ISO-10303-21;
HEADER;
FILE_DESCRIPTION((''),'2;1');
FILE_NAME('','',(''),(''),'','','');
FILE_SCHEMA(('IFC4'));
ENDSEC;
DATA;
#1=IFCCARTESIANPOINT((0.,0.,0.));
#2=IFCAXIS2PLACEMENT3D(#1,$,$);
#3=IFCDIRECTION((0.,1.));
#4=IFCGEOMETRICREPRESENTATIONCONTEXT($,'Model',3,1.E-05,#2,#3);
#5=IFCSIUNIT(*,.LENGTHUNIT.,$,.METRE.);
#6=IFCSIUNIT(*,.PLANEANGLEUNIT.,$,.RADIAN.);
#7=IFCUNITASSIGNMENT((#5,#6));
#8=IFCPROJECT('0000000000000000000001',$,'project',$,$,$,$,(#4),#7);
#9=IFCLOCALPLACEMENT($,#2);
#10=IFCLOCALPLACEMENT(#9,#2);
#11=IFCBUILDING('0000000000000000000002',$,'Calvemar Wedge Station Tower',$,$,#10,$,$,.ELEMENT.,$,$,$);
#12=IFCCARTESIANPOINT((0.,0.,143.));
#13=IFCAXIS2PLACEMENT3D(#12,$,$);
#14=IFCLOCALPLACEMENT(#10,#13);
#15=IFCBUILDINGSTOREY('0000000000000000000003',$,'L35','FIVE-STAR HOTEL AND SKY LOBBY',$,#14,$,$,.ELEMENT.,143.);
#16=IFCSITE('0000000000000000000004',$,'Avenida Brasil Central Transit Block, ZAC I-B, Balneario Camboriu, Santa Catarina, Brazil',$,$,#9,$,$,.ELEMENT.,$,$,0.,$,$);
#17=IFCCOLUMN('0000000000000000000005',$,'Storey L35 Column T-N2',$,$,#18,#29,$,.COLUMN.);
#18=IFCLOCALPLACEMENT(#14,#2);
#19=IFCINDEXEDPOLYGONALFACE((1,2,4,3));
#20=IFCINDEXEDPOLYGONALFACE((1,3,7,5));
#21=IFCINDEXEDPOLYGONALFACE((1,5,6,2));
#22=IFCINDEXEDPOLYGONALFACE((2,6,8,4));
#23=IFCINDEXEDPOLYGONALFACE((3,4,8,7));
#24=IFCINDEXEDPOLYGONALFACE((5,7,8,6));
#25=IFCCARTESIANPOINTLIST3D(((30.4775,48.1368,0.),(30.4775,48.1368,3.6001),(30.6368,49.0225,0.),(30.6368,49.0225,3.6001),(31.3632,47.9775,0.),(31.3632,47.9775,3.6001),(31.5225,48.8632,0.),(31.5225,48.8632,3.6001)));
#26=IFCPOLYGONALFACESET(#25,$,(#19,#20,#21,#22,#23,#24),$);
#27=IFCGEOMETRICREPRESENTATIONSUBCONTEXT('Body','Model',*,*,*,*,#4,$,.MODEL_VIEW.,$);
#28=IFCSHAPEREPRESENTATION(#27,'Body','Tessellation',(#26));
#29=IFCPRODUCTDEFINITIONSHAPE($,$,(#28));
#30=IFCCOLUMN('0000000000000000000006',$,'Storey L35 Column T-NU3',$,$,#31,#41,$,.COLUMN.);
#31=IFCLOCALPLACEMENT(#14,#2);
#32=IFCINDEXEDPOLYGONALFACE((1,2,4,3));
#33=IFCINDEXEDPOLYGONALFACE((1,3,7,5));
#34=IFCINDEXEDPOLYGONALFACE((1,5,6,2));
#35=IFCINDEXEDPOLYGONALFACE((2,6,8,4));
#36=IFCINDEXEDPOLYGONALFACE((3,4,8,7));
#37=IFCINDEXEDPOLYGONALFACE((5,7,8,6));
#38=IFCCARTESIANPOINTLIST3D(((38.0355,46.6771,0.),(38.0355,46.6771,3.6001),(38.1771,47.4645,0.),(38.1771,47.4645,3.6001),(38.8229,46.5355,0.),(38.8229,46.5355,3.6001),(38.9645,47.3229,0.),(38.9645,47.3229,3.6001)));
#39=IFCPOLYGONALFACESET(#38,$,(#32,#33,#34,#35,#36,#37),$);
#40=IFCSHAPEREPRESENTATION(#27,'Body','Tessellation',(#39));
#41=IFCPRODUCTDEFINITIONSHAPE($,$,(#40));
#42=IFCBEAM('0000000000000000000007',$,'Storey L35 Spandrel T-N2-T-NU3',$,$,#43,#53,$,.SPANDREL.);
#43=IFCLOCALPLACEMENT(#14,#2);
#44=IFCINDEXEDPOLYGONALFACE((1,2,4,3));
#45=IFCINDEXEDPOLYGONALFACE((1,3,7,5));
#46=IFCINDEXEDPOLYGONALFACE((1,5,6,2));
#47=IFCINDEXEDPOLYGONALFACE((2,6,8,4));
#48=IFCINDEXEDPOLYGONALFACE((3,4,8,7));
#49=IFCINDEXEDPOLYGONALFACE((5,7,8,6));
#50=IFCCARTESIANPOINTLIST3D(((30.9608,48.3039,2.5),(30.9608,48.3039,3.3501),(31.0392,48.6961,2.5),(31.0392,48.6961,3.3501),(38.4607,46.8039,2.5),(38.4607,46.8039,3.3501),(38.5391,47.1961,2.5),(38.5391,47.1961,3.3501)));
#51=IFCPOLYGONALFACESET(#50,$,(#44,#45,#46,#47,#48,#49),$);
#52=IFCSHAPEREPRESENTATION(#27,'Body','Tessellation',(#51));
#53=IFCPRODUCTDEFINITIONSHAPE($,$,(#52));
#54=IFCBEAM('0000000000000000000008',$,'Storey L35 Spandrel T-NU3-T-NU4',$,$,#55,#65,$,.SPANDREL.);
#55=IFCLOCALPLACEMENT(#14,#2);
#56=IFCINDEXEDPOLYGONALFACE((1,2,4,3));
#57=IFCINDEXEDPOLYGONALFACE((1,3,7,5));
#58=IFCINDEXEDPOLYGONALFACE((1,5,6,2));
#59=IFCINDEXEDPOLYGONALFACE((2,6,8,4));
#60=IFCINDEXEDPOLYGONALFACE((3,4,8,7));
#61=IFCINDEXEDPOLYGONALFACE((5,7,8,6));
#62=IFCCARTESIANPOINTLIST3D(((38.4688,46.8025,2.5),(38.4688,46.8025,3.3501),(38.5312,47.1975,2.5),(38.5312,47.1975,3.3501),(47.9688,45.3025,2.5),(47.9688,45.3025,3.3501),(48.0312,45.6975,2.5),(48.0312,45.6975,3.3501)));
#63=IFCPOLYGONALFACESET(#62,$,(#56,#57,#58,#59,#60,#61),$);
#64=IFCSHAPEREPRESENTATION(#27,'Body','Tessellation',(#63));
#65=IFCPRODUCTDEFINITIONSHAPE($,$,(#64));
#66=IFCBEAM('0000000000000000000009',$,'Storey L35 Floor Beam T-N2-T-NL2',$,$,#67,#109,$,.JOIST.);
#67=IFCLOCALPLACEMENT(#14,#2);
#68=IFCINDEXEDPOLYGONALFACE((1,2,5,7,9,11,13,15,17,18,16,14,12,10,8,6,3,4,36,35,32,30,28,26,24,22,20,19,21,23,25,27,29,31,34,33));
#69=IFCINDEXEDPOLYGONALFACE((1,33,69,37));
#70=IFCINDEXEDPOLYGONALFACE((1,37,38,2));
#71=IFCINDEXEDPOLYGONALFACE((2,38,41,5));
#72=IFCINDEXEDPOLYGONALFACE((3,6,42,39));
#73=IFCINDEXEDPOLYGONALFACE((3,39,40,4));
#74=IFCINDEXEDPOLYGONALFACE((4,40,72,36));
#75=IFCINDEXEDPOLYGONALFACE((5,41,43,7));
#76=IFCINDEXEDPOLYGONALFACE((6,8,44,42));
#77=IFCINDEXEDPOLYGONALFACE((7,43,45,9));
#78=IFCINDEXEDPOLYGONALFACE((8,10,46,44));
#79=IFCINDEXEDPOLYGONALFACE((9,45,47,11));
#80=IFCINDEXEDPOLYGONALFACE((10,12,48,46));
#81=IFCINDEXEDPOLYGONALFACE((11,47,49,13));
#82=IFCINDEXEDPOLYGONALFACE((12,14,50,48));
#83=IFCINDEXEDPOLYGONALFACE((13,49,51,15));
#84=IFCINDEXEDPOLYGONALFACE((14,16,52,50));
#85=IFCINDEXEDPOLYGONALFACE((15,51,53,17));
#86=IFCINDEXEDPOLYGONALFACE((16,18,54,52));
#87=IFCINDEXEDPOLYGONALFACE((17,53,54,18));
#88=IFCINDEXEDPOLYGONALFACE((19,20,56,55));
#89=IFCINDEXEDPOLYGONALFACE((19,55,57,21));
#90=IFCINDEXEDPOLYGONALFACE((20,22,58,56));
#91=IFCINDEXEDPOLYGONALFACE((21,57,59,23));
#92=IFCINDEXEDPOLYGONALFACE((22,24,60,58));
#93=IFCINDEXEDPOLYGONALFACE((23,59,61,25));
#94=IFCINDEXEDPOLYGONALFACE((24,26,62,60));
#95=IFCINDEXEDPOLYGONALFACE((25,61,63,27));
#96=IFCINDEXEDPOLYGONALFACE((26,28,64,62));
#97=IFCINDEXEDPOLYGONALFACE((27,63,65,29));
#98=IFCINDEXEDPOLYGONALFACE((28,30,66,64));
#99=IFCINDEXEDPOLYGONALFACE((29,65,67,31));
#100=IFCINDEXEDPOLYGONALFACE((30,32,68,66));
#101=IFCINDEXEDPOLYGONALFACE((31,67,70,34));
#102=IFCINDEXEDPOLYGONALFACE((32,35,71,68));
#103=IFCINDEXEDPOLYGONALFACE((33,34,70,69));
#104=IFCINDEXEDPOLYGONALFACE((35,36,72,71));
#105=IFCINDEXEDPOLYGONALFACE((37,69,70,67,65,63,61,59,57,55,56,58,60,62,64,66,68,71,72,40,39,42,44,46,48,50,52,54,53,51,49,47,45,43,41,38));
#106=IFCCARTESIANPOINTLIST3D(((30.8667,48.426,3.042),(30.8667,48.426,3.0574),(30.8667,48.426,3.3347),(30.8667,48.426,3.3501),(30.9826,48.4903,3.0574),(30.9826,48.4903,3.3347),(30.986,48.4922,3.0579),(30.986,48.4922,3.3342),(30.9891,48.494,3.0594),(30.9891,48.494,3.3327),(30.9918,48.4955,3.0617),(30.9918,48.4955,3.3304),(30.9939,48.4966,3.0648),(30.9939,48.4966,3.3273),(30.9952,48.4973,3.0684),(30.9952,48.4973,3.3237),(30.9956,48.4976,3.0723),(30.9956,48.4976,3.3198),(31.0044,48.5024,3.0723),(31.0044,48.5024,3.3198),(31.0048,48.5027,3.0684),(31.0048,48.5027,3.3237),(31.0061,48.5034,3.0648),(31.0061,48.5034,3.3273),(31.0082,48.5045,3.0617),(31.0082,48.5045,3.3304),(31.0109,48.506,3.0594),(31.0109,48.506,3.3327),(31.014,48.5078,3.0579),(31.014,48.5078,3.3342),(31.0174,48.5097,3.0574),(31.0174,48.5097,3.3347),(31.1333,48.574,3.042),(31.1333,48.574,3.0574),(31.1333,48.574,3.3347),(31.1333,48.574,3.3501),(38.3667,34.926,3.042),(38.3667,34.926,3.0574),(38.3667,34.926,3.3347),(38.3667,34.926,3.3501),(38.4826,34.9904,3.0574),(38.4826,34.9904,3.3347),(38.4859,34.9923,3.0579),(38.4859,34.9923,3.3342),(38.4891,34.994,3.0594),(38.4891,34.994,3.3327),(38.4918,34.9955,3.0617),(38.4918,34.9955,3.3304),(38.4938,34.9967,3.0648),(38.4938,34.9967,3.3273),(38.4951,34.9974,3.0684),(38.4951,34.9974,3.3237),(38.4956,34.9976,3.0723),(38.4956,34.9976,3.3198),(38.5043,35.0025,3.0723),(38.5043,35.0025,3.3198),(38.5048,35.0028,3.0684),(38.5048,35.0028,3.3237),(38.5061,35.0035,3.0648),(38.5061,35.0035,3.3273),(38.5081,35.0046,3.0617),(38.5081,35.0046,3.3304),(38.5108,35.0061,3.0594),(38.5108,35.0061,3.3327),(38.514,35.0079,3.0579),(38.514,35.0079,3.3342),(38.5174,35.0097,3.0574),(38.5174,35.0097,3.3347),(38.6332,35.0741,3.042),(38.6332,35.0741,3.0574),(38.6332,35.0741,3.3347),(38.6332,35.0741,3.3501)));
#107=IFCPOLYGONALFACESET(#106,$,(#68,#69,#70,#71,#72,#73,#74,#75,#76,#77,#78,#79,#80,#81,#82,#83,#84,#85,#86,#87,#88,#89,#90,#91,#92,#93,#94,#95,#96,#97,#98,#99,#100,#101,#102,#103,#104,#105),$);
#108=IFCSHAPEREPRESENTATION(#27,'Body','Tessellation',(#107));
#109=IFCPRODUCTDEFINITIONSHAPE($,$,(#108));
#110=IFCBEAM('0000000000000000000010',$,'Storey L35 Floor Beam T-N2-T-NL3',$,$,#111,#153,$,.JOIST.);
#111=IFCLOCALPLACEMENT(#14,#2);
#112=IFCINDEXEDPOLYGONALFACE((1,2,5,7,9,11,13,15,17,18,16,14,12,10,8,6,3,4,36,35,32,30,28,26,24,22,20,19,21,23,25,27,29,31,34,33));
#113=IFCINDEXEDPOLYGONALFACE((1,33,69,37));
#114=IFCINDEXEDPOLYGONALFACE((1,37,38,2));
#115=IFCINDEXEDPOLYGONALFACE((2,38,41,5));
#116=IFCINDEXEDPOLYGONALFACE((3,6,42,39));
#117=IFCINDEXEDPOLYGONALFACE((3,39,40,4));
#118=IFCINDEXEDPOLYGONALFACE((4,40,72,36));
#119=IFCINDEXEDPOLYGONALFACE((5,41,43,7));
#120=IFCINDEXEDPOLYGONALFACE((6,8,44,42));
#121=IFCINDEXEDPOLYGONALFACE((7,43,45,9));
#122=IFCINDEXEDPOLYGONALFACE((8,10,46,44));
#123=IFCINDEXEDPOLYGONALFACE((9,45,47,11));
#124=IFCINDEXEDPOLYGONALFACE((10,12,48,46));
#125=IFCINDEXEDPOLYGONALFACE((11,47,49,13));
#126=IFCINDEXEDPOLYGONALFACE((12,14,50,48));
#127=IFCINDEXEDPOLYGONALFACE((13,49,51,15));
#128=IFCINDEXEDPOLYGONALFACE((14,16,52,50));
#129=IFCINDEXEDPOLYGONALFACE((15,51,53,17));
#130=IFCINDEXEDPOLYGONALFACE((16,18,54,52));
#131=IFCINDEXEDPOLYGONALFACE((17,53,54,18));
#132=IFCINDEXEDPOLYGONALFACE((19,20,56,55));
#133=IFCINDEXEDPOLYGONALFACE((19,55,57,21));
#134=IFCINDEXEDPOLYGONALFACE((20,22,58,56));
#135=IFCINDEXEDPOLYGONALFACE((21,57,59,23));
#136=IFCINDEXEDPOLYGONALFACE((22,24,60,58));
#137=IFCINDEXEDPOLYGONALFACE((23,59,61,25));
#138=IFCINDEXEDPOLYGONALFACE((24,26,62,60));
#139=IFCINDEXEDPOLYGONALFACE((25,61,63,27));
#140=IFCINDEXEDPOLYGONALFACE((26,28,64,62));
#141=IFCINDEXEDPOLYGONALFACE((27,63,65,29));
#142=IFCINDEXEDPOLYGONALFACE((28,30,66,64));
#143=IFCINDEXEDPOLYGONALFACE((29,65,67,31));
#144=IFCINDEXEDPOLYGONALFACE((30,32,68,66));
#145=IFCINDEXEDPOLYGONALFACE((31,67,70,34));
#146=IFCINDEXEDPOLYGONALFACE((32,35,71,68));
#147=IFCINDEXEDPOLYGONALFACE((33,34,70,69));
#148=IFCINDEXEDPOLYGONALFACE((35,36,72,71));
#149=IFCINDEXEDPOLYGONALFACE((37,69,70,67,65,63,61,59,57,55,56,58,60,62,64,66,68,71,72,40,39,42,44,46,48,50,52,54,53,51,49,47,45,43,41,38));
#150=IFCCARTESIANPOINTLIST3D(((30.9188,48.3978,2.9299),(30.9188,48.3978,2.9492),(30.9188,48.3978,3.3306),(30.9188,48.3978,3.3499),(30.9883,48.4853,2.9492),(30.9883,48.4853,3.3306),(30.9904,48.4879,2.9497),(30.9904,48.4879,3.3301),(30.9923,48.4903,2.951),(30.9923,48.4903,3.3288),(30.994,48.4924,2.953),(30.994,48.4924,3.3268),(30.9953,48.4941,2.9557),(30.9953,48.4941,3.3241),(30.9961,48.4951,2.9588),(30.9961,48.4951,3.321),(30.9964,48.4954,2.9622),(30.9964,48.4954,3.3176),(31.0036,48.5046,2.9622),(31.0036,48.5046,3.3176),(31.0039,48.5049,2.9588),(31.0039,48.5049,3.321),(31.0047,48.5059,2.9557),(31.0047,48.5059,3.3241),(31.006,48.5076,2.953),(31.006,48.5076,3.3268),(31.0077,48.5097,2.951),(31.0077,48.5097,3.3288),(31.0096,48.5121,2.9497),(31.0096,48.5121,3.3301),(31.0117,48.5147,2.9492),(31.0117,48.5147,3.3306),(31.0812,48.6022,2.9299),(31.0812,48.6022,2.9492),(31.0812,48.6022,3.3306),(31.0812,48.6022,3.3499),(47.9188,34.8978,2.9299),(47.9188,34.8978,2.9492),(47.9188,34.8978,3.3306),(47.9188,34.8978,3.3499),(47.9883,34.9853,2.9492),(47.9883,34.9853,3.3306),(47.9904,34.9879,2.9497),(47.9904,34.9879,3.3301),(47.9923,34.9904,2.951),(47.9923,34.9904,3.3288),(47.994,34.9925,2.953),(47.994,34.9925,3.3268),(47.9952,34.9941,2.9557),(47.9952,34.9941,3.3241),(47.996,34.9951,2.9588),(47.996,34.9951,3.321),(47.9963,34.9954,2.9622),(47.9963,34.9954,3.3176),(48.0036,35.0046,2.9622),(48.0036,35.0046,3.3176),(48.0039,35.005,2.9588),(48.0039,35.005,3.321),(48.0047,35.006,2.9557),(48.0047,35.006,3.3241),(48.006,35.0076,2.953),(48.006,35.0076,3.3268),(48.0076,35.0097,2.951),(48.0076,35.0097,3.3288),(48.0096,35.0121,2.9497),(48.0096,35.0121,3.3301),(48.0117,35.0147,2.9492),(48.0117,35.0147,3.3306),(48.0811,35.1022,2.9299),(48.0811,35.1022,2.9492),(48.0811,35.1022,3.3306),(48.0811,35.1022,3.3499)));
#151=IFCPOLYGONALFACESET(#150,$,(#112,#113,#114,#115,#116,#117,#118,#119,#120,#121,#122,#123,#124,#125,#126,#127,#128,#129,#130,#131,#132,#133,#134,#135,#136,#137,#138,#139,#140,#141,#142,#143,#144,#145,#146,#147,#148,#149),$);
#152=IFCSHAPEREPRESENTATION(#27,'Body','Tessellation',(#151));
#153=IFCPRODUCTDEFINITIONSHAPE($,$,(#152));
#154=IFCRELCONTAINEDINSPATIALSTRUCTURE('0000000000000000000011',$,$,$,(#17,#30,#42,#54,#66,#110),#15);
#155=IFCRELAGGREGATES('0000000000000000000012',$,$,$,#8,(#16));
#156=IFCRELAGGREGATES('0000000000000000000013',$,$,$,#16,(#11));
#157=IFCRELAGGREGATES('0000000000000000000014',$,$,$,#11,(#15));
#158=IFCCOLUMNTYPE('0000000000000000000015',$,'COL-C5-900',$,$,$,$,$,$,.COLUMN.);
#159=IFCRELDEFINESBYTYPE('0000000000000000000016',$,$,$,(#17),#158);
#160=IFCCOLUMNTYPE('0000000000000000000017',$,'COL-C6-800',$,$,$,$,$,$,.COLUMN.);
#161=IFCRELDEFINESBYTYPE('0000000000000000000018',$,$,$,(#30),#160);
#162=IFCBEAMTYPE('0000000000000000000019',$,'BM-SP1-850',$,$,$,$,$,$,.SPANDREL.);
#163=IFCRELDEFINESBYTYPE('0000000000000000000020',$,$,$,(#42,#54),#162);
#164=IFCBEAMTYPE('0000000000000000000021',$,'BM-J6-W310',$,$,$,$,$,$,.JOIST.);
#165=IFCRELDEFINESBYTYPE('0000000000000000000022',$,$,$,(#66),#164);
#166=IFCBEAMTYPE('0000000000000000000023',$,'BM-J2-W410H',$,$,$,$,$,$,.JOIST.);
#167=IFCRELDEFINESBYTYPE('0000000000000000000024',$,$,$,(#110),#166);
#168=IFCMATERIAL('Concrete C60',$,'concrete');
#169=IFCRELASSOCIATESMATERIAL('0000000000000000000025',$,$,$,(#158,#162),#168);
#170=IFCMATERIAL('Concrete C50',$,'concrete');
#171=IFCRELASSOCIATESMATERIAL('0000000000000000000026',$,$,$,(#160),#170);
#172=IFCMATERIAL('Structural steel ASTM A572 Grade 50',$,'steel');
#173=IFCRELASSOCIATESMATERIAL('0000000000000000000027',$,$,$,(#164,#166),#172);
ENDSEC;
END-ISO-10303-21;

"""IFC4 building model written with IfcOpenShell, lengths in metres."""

from ifc_helpers import new_model, si_unit, direction, frame, origin, origin_2d, place, context, subcontext, project, spatial, rectangle, i_section, extrude, source, transform, mapped, material, material_profile, profile_set, type_object, element, save


model = new_model("IFC4")

# Units and contexts
model_context = context("Model", 3, precision=1e-05, world=origin(), true_north=direction((0.0, 1.0)))
body_context = subcontext(model_context, "Body", "Model", "MODEL_VIEW")
ifc_project = project(units=[si_unit("LENGTHUNIT", "METRE"), si_unit("PLANEANGLEUNIT", "RADIAN")], contexts=[model_context])

# Site, building, storey
site_placement = place(None, origin())
site = spatial("IfcSite", under=ifc_project, at=site_placement, Name="Avenida Brasil Central Transit Block, ZAC I-B, Balneario Camboriu, Santa Catarina, Brazil", CompositionType="ELEMENT", RefElevation=0.0)
building_placement = place(site_placement, origin())
building = spatial("IfcBuilding", under=site, at=building_placement, Name="Calvemar Wedge Station Tower", CompositionType="ELEMENT")
storey_placement = place(building_placement, frame((0.0, 0.0, 143.0)))
storey = spatial("IfcBuildingStorey", under=building, at=storey_placement, Name="L35", Description="FIVE-STAR HOTEL AND SKY LOBBY", CompositionType="ELEMENT", Elevation=143.0)

# Columns
ifc_material_1 = material(Name="Concrete C60", Category="concrete")
ifc_material_profile_1 = material_profile(ifc_material_1, rectangle(XDim=0.8999, YDim=0.8999, at=origin_2d()), Name="RC900x900")
ifc_profile_set_1 = profile_set([ifc_material_profile_1], Name="Concrete C60")
column_type_1 = type_object("IfcColumnType", Name="COL-C5-900", PredefinedType="COLUMN", material=ifc_profile_set_1)
shared_shape_1 = source(origin(), body_context, "Body", "SweptSolid", [
    extrude(rectangle(XDim=0.8999, YDim=0.8999, at=origin_2d()), origin(), (0.0, 0.0, 1.0), 3.6001),
])
column_1_placement = place(storey_placement, frame((31.0, 48.5, 0.0), z_axis=(0.0, 0.0, 1.0), x_axis=(0.984196, -0.177085, 0.0)))
element("IfcColumn", 1, at=column_1_placement, inside=storey, type_object=column_type_1, Name="Storey L35 Column T-N2", PredefinedType="COLUMN", context=body_context, shape_type="MappedRepresentation", body=[
    mapped(shared_shape_1, transform((0.0, 0.0, 0.0), scale=1.0)),
])
ifc_material_2 = material(Name="Concrete C50", Category="concrete")
ifc_material_profile_2 = material_profile(ifc_material_2, rectangle(XDim=0.8, YDim=0.8, at=origin_2d()), Name="RC800x800")
ifc_profile_set_2 = profile_set([ifc_material_profile_2], Name="Concrete C50")
column_type_2 = type_object("IfcColumnType", Name="COL-C6-800", PredefinedType="COLUMN", material=ifc_profile_set_2)
shared_shape_2 = source(origin(), body_context, "Body", "SweptSolid", [
    extrude(rectangle(XDim=0.8, YDim=0.8, at=origin_2d()), origin(), (0.0, 0.0, 1.0), 3.6001),
])
column_2_placement = place(storey_placement, frame((38.5, 47.0, 0.0), z_axis=(0.0, 0.0, 1.0), x_axis=(0.984196, -0.177085, 0.0)))
element("IfcColumn", 2, at=column_2_placement, inside=storey, type_object=column_type_2, Name="Storey L35 Column T-NU3", PredefinedType="COLUMN", context=body_context, shape_type="MappedRepresentation", body=[
    mapped(shared_shape_2, transform((0.0, 0.0, 0.0), scale=1.0)),
])

# Beams
ifc_material_profile_3 = material_profile(ifc_material_1, rectangle(XDim=0.3999, YDim=0.8501, at=origin_2d()), Name="RC400x850")
ifc_profile_set_3 = profile_set([ifc_material_profile_3], Name="Concrete C60")
beam_type_1 = type_object("IfcBeamType", Name="BM-SP1-850", PredefinedType="SPANDREL", material=ifc_profile_set_3)
shared_shape_3 = source(origin(), body_context, "Body", "SweptSolid", [
    extrude(rectangle(XDim=0.3999, YDim=0.8501, at=origin_2d()), origin(), (0.0, 0.0, 1.0), 7.6484),
])
beam_1_placement = place(storey_placement, frame((31.0, 48.5, 2.925), z_axis=(0.980581, -0.196116, 0.0), x_axis=(0.196116, 0.980581, 0.0)))
element("IfcBeam", 3, at=beam_1_placement, inside=storey, type_object=beam_type_1, Name="Storey L35 Spandrel T-N2-T-NU3", PredefinedType="SPANDREL", context=body_context, shape_type="MappedRepresentation", body=[
    mapped(shared_shape_3, transform((0.0, 0.0, 0.0), scale=1.0)),
])
shared_shape_4 = source(origin(), body_context, "Body", "SweptSolid", [
    extrude(rectangle(XDim=0.3999, YDim=0.8501, at=origin_2d()), origin(), (0.0, 0.0, 1.0), 9.6177),
])
beam_2_placement = place(storey_placement, frame((38.5, 47.0, 2.925), z_axis=(0.987763, -0.155963, 0.0), x_axis=(0.155963, 0.987763, 0.0)))
element("IfcBeam", 4, at=beam_2_placement, inside=storey, type_object=beam_type_1, Name="Storey L35 Spandrel T-NU3-T-NU4", PredefinedType="SPANDREL", context=body_context, shape_type="MappedRepresentation", body=[
    mapped(shared_shape_4, transform((0.0, 0.0, 0.0), scale=1.0)),
])
ifc_material_3 = material(Name="Structural steel ASTM A572 Grade 50", Category="steel")
ifc_material_profile_4 = material_profile(ifc_material_3, i_section(OverallWidth=0.3049, OverallDepth=0.3081, WebThickness=0.01, FlangeThickness=0.0154, FilletRadius=0.0149, at=origin_2d()), Name="W310x97")
ifc_profile_set_4 = profile_set([ifc_material_profile_4], Name="Structural steel ASTM A572 Grade 50")
beam_type_2 = type_object("IfcBeamType", Name="BM-J6-W310", PredefinedType="JOIST", material=ifc_profile_set_4)
shared_shape_5 = source(origin(), body_context, "Body", "SweptSolid", [
    extrude(i_section(OverallWidth=0.3049, OverallDepth=0.3081, WebThickness=0.01, FlangeThickness=0.0154, FilletRadius=0.0149, at=origin_2d()), origin(), (0.0, 0.0, 1.0), 15.4434),
])
beam_3_placement = place(storey_placement, frame((31.0, 48.5, 3.196), z_axis=(0.485643, -0.874157, 0.0), x_axis=(0.874157, 0.485643, 0.0)))
element("IfcBeam", 5, at=beam_3_placement, inside=storey, type_object=beam_type_2, Name="Storey L35 Floor Beam T-N2-T-NL2", PredefinedType="JOIST", context=body_context, shape_type="MappedRepresentation", body=[
    mapped(shared_shape_5, transform((0.0, 0.0, 0.0), scale=1.0)),
])
ifc_material_profile_5 = material_profile(ifc_material_3, i_section(OverallWidth=0.261, OverallDepth=0.4199, WebThickness=0.0117, FlangeThickness=0.0193, FilletRadius=0.0129, at=origin_2d()), Name="W410x114")
ifc_profile_set_5 = profile_set([ifc_material_profile_5], Name="Structural steel ASTM A572 Grade 50")
beam_type_3 = type_object("IfcBeamType", Name="BM-J2-W410H", PredefinedType="JOIST", material=ifc_profile_set_5)
shared_shape_6 = source(origin(), body_context, "Body", "SweptSolid", [
    extrude(i_section(OverallWidth=0.261, OverallDepth=0.4199, WebThickness=0.0117, FlangeThickness=0.0193, FilletRadius=0.0129, at=origin_2d()), origin(), (0.0, 0.0, 1.0), 21.7083),
])
beam_4_placement = place(storey_placement, frame((31.0, 48.5, 3.1399), z_axis=(0.783111, -0.621882, 0.0), x_axis=(0.621882, 0.783111, 0.0)))
element("IfcBeam", 6, at=beam_4_placement, inside=storey, type_object=beam_type_3, Name="Storey L35 Floor Beam T-N2-T-NL3", PredefinedType="JOIST", context=body_context, shape_type="MappedRepresentation", body=[
    mapped(shared_shape_6, transform((0.0, 0.0, 0.0), scale=1.0)),
])

save(model, "model.ifc")
